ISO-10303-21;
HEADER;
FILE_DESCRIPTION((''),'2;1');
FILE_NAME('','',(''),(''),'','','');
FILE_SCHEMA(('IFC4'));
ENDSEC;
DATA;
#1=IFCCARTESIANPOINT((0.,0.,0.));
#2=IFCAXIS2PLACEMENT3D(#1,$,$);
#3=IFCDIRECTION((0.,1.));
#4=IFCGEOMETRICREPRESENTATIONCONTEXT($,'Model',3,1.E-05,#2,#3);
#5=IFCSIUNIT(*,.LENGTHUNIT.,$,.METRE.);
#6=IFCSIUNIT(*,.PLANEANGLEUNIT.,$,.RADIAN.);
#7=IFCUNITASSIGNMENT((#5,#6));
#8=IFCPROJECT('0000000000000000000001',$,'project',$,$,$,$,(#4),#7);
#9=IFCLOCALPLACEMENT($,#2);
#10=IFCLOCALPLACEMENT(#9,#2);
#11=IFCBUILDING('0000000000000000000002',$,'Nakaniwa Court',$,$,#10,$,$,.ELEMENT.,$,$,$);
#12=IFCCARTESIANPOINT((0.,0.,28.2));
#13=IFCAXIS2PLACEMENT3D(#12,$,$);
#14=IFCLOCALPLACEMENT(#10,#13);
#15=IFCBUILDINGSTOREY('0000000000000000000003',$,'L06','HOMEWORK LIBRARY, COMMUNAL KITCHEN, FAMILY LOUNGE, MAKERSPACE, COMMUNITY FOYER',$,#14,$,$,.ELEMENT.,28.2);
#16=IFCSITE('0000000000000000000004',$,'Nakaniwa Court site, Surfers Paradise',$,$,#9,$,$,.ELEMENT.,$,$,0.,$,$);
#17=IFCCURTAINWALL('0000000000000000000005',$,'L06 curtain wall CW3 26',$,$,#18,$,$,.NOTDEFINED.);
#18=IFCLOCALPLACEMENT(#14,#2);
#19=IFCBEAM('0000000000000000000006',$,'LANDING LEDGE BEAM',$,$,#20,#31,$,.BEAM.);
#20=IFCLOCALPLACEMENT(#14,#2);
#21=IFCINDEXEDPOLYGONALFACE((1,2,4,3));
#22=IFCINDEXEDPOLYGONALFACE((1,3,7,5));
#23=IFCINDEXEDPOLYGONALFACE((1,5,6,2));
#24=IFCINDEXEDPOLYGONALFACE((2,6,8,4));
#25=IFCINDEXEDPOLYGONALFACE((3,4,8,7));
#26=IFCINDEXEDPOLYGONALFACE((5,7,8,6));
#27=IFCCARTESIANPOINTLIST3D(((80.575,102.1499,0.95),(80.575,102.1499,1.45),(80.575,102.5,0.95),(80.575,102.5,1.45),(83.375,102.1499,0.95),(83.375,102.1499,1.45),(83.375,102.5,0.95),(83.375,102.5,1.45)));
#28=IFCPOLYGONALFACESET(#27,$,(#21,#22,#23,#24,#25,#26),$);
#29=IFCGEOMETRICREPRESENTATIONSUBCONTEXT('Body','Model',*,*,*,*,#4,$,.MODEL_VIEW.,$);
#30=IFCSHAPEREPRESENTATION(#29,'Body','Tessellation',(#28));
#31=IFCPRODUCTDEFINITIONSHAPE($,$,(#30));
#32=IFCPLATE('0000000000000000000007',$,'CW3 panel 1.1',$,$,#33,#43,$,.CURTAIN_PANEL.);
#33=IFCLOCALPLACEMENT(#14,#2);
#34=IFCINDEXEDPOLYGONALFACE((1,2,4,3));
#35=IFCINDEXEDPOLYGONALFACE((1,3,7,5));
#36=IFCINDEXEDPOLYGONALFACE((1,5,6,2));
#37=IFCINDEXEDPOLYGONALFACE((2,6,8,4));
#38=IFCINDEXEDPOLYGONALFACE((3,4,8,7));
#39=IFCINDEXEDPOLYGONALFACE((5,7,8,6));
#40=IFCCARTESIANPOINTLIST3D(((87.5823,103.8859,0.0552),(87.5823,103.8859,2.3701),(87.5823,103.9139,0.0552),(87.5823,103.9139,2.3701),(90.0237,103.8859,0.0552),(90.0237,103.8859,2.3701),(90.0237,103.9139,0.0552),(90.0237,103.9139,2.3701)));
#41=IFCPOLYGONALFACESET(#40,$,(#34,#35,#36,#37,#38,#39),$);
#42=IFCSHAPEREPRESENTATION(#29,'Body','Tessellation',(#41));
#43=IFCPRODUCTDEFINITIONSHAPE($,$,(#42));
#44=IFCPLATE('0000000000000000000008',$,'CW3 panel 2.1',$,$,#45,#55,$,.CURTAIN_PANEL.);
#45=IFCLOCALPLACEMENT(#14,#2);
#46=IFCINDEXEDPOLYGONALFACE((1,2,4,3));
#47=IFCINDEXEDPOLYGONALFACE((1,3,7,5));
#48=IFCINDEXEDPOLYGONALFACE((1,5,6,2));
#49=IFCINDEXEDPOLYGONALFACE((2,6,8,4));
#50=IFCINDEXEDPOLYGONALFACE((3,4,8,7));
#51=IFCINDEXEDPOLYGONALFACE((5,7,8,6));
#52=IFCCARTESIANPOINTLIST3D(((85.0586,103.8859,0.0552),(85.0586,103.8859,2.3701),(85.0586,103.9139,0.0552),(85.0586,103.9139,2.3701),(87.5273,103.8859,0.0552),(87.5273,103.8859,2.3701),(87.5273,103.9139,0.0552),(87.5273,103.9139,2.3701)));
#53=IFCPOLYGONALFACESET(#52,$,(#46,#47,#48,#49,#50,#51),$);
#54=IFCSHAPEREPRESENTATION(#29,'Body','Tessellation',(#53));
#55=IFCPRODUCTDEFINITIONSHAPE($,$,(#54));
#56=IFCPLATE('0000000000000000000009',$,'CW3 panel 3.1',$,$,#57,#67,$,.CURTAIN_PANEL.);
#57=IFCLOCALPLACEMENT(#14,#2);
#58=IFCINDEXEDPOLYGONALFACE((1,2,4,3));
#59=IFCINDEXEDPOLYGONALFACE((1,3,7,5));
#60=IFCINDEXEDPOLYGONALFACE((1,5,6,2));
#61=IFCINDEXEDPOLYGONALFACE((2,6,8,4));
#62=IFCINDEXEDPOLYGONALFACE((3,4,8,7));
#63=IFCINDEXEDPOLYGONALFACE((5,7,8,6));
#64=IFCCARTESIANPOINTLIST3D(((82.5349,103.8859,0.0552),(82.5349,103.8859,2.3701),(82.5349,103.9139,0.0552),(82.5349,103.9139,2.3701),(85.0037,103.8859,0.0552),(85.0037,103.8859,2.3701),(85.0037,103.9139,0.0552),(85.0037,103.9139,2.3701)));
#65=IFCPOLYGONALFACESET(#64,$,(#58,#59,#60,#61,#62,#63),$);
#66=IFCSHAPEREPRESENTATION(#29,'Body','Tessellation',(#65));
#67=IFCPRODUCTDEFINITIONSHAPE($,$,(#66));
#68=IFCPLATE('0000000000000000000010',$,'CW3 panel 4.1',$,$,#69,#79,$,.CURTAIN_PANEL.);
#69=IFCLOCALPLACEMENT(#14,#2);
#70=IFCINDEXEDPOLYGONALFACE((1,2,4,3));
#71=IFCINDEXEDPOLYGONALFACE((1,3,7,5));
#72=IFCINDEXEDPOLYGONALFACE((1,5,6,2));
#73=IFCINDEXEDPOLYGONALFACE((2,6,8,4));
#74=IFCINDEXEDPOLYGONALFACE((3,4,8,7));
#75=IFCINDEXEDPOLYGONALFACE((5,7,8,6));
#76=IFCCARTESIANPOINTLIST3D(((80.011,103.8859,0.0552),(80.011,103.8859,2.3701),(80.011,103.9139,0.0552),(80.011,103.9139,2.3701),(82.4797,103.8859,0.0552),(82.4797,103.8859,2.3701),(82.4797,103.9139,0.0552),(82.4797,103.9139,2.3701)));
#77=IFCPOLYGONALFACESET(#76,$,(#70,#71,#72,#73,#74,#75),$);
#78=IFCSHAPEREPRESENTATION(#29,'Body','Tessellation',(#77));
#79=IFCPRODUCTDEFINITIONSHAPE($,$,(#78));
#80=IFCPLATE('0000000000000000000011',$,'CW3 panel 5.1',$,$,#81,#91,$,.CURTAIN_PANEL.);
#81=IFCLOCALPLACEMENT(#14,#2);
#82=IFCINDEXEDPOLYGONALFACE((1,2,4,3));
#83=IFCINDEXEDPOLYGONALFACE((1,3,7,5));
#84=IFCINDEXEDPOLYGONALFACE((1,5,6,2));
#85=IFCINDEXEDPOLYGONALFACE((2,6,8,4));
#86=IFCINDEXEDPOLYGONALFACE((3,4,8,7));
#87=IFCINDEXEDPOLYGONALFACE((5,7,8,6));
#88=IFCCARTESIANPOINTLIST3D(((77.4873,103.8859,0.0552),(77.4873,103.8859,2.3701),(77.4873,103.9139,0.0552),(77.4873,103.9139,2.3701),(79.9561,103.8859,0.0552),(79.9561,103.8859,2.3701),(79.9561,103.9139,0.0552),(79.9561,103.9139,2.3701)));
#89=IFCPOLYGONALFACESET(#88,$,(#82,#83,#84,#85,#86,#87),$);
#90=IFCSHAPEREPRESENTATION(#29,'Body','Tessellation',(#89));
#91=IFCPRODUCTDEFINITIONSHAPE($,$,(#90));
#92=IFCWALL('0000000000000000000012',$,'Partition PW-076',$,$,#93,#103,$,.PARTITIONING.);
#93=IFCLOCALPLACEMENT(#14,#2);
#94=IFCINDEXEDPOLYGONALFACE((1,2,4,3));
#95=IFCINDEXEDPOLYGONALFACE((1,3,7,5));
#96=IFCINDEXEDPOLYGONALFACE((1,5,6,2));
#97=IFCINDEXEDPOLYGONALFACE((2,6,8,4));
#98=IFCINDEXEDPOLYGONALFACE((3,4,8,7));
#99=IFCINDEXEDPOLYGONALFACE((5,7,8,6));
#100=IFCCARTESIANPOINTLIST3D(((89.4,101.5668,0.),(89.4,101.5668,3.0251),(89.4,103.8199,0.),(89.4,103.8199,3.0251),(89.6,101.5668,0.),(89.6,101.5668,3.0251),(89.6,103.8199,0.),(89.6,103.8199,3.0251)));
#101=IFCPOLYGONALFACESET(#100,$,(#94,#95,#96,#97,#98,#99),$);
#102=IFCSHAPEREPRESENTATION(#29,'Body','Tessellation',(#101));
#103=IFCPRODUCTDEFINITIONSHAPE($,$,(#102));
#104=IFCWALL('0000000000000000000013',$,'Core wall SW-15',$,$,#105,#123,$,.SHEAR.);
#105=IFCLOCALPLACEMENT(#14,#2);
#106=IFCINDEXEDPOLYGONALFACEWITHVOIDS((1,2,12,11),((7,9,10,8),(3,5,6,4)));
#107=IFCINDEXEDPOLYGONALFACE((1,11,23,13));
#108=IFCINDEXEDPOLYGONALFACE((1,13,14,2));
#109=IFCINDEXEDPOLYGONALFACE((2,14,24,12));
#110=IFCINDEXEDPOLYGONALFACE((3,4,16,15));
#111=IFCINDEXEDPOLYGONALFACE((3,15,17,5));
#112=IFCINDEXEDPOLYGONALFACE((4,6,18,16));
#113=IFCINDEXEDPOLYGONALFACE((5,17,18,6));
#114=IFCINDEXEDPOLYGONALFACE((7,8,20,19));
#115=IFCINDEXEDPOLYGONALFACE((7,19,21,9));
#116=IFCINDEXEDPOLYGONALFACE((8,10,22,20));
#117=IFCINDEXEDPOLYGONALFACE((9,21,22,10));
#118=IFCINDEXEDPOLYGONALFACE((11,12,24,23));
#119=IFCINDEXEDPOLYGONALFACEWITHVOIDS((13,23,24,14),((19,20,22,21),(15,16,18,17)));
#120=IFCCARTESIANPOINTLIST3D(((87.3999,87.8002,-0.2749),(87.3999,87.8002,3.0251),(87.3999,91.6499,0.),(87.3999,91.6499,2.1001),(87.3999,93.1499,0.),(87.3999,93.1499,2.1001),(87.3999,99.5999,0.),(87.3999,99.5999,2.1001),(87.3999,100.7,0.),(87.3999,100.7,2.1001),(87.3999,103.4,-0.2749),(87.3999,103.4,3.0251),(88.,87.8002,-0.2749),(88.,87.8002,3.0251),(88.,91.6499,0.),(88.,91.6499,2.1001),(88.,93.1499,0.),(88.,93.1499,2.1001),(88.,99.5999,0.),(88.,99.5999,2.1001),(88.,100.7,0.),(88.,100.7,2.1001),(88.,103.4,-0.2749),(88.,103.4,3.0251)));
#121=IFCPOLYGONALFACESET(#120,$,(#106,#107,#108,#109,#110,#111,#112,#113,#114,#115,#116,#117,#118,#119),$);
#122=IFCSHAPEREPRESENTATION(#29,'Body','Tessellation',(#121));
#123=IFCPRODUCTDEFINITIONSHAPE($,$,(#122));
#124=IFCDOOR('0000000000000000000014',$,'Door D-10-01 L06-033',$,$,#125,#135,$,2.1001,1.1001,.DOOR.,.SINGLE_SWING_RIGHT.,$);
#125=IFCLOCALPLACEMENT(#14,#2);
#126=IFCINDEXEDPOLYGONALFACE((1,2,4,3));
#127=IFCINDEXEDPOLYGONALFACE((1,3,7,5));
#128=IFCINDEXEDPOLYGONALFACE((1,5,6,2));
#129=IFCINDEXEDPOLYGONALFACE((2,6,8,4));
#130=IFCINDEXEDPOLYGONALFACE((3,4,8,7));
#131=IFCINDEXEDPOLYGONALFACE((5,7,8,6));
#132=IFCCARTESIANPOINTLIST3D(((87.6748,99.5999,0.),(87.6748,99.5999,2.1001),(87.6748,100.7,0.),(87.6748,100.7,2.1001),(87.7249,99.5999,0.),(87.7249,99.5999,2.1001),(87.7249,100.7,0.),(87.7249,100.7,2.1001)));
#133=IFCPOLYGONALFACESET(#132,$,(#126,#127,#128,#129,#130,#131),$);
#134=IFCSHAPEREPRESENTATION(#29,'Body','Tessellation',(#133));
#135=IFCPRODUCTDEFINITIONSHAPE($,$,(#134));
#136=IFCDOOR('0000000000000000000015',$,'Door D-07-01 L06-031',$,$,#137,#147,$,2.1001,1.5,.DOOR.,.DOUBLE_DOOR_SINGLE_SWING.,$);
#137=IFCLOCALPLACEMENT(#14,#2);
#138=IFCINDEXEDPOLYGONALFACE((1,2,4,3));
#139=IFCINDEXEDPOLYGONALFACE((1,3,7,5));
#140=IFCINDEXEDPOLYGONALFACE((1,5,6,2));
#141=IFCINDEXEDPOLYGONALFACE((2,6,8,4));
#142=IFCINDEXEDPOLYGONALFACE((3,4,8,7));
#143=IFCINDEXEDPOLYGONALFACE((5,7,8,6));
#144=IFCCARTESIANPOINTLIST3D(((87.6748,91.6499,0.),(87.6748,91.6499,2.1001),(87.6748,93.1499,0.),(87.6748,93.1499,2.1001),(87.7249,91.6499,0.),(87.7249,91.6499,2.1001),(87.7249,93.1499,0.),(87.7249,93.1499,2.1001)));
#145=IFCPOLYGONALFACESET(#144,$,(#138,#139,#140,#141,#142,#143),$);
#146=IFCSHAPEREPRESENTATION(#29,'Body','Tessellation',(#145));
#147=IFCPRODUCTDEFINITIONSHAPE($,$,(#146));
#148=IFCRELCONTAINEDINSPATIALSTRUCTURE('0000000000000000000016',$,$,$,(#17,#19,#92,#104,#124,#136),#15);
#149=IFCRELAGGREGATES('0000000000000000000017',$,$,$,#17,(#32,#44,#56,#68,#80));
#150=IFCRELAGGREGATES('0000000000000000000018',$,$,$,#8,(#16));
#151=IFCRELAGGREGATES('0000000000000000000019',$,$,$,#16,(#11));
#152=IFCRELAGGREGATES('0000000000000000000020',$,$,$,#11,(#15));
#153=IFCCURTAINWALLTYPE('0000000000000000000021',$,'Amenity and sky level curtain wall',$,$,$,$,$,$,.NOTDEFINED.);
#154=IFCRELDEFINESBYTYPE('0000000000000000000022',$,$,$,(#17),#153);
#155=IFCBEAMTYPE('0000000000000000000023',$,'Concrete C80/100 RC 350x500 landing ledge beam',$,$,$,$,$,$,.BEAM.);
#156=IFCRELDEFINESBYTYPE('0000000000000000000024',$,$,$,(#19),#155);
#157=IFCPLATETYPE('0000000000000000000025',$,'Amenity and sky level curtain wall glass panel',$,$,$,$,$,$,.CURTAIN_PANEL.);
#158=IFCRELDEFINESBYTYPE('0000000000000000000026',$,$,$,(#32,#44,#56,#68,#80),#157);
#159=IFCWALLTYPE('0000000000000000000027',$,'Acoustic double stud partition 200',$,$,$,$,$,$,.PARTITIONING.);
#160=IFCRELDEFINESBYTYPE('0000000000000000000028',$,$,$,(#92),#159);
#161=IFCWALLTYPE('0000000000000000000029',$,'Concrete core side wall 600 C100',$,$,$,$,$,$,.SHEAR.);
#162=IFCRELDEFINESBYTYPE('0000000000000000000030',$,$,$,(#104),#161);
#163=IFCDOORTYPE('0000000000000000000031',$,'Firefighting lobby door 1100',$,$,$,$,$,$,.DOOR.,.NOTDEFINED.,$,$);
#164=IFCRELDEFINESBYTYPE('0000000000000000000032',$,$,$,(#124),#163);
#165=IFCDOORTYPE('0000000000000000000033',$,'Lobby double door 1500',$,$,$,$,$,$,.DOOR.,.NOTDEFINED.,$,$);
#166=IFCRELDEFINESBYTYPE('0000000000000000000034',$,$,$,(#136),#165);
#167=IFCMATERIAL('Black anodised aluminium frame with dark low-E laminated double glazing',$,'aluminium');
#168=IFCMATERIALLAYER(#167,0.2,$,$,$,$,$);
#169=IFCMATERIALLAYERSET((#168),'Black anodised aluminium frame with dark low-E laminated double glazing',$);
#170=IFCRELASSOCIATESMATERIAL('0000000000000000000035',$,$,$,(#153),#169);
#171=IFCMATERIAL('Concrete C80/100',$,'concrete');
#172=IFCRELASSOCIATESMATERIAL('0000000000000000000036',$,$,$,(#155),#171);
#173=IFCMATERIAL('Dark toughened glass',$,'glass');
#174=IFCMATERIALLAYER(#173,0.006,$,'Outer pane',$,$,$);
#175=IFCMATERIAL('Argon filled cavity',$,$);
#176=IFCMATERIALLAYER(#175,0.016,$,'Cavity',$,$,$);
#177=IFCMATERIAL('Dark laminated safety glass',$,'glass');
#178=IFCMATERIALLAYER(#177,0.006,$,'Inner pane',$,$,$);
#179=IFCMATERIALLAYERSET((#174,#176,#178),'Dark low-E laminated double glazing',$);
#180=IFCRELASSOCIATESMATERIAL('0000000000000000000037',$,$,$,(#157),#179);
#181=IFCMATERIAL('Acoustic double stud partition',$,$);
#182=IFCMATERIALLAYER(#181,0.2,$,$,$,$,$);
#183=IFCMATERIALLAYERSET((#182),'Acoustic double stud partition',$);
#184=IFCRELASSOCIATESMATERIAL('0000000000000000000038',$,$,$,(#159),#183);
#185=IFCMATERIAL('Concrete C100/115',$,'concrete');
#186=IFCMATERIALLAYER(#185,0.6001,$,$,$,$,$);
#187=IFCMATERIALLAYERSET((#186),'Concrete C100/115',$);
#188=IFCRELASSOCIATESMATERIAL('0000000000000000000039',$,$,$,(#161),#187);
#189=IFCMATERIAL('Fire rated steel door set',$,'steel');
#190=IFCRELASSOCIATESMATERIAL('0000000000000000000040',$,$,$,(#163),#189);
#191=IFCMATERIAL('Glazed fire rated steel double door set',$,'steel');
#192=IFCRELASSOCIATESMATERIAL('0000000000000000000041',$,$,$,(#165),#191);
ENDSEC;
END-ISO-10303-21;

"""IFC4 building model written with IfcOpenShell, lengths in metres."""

from ifc_helpers import new_model, si_unit, direction, frame, frame_2d, origin, origin_2d, place, context, subcontext, project, spatial, rectangle, extrude, material, layer, layer_set, material_profile, profile_set, type_object, element, fill, aggregate, save


model = new_model("IFC4")

# Units and contexts
model_context = context("Model", 3, precision=1e-05, world=origin(), true_north=direction((0.0, 1.0)))
body_context = subcontext(model_context, "Body", "Model", "MODEL_VIEW")
ifc_project = project(units=[si_unit("LENGTHUNIT", "METRE"), si_unit("PLANEANGLEUNIT", "RADIAN")], contexts=[model_context])

# Site, building, storey
site_placement = place(None, origin())
site = spatial("IfcSite", under=ifc_project, at=site_placement, Name="Nakaniwa Court site, Surfers Paradise", CompositionType="ELEMENT", RefElevation=0.0)
building_placement = place(site_placement, origin())
building = spatial("IfcBuilding", under=site, at=building_placement, Name="Nakaniwa Court", CompositionType="ELEMENT")
storey_placement = place(building_placement, frame((0.0, 0.0, 28.2)))
storey = spatial("IfcBuildingStorey", under=building, at=storey_placement, Name="L06", Description="HOMEWORK LIBRARY, COMMUNAL KITCHEN, FAMILY LOUNGE, MAKERSPACE, COMMUNITY FOYER", CompositionType="ELEMENT", Elevation=28.2)

# Curtain wall
ifc_material_1 = material(Name="Black anodised aluminium frame with dark low-E laminated double glazing", Category="aluminium")
ifc_layer_1 = layer(ifc_material_1, 0.2)
ifc_layer_set_1 = layer_set([ifc_layer_1], Name="Black anodised aluminium frame with dark low-E laminated double glazing")
curtain_wall_type = type_object("IfcCurtainWallType", Name="Amenity and sky level curtain wall", PredefinedType="NOTDEFINED", material=ifc_layer_set_1)
curtain_wall_placement = place(storey_placement, origin())
curtain_wall = element("IfcCurtainWall", 1, at=curtain_wall_placement, inside=storey, type_object=curtain_wall_type, Name="L06 curtain wall CW3 26", PredefinedType="NOTDEFINED")

# Beam
ifc_material_2 = material(Name="Concrete C80/100", Category="concrete")
ifc_material_profile_1 = material_profile(ifc_material_2, rectangle(XDim=0.3501, YDim=0.5, at=origin_2d()), Name="Concrete C80/100 RC 350x500 landing ledge beam")
ifc_profile_set_1 = profile_set([ifc_material_profile_1], Name="Concrete C80/100")
beam_type = type_object("IfcBeamType", Name="Concrete C80/100 RC 350x500 landing ledge beam", PredefinedType="BEAM", material=ifc_profile_set_1)
beam_placement = place(storey_placement, frame((80.575, 102.325, 1.2), z_axis=(1.0, 0.0, 0.0), x_axis=(0.0, 1.0, 0.0)))
element("IfcBeam", 2, at=beam_placement, inside=storey, type_object=beam_type, Name="LANDING LEDGE BEAM", PredefinedType="BEAM", context=body_context, shape_type="SweptSolid", body=[
    extrude(rectangle(XDim=0.3501, YDim=0.5, at=origin_2d()), origin(), (0.0, 0.0, 1.0), 2.8),
])

# Plates
ifc_material_3 = material(Name="Dark toughened glass", Category="glass")
ifc_layer_2 = layer(ifc_material_3, 0.006, Name="Outer pane")
ifc_material_4 = material(Name="Argon filled cavity")
ifc_layer_3 = layer(ifc_material_4, 0.016, Name="Cavity")
ifc_material_5 = material(Name="Dark laminated safety glass", Category="glass")
ifc_layer_4 = layer(ifc_material_5, 0.006, Name="Inner pane")
ifc_layer_set_2 = layer_set([ifc_layer_2, ifc_layer_3, ifc_layer_4], Name="Dark low-E laminated double glazing")
plate_type = type_object("IfcPlateType", Name="Amenity and sky level curtain wall glass panel", PredefinedType="CURTAIN_PANEL", material=ifc_layer_set_2)
plate_1_placement = place(storey_placement, frame((88.803, 103.8999, 0.0552), z_axis=(0.0, 0.0, 1.0), x_axis=(-1.0, 0.0, 0.0)))
plate_1 = element("IfcPlate", 3, at=plate_1_placement, type_object=plate_type, Name="CW3 panel 1.1", PredefinedType="CURTAIN_PANEL", context=body_context, shape_type="SweptSolid", body=[
    extrude(rectangle(XDim=2.4414, YDim=0.0281, at=origin_2d()), origin(), (0.0, 0.0, 1.0), 2.3149),
])
plate_2_placement = place(storey_placement, frame((86.293, 103.8999, 0.0552), z_axis=(0.0, 0.0, 1.0), x_axis=(-1.0, 0.0, 0.0)))
plate_2 = element("IfcPlate", 4, at=plate_2_placement, type_object=plate_type, Name="CW3 panel 2.1", PredefinedType="CURTAIN_PANEL", context=body_context, shape_type="SweptSolid", body=[
    extrude(rectangle(XDim=2.4688, YDim=0.0281, at=origin_2d()), origin(), (0.0, 0.0, 1.0), 2.3149),
])
plate_3_placement = place(storey_placement, frame((83.7693, 103.8999, 0.0552), z_axis=(0.0, 0.0, 1.0), x_axis=(-1.0, 0.0, 0.0)))
plate_3 = element("IfcPlate", 5, at=plate_3_placement, type_object=plate_type, Name="CW3 panel 3.1", PredefinedType="CURTAIN_PANEL", context=body_context, shape_type="SweptSolid", body=[
    extrude(rectangle(XDim=2.4688, YDim=0.0281, at=origin_2d()), origin(), (0.0, 0.0, 1.0), 2.3149),
])
plate_4_placement = place(storey_placement, frame((81.2454, 103.8999, 0.0552), z_axis=(0.0, 0.0, 1.0), x_axis=(-1.0, 0.0, 0.0)))
plate_4 = element("IfcPlate", 6, at=plate_4_placement, type_object=plate_type, Name="CW3 panel 4.1", PredefinedType="CURTAIN_PANEL", context=body_context, shape_type="SweptSolid", body=[
    extrude(rectangle(XDim=2.4688, YDim=0.0281, at=origin_2d()), origin(), (0.0, 0.0, 1.0), 2.3149),
])
plate_5_placement = place(storey_placement, frame((78.7217, 103.8999, 0.0552), z_axis=(0.0, 0.0, 1.0), x_axis=(-1.0, 0.0, 0.0)))
plate_5 = element("IfcPlate", 7, at=plate_5_placement, type_object=plate_type, Name="CW3 panel 5.1", PredefinedType="CURTAIN_PANEL", context=body_context, shape_type="SweptSolid", body=[
    extrude(rectangle(XDim=2.4688, YDim=0.0281, at=origin_2d()), origin(), (0.0, 0.0, 1.0), 2.3149),
])
aggregate(curtain_wall, [plate_1, plate_2, plate_3, plate_4, plate_5])

# Wall
ifc_material_6 = material(Name="Acoustic double stud partition")
ifc_layer_5 = layer(ifc_material_6, 0.2)
ifc_layer_set_3 = layer_set([ifc_layer_5], Name="Acoustic double stud partition")
wall_type_1 = type_object("IfcWallType", Name="Acoustic double stud partition 200", PredefinedType="PARTITIONING", material=ifc_layer_set_3)
wall_1_placement = place(storey_placement, frame((89.5, 101.5669, 0.0), z_axis=(0.0, 0.0, 1.0), x_axis=(0.0, 1.0, 0.0)))
element("IfcWall", 8, at=wall_1_placement, inside=storey, type_object=wall_type_1, Name="Partition PW-076", PredefinedType="PARTITIONING", context=body_context, shape_type="SweptSolid", body=[
    extrude(rectangle(XDim=2.2532, YDim=0.2, at=frame_2d((1.1265, 0.0))), origin(), (0.0, 0.0, 1.0), 3.0251),
])

# Wall, openings, doors
ifc_material_7 = material(Name="Concrete C100/115", Category="concrete")
ifc_layer_6 = layer(ifc_material_7, 0.6001)
ifc_layer_set_4 = layer_set([ifc_layer_6], Name="Concrete C100/115")
wall_type_2 = type_object("IfcWallType", Name="Concrete core side wall 600 C100", PredefinedType="SHEAR", material=ifc_layer_set_4)
wall_2_placement = place(storey_placement, frame((87.7, 103.3999, -0.2749), z_axis=(0.0, 0.0, 1.0), x_axis=(0.0, -1.0, 0.0)))
wall_2 = element("IfcWall", 9, at=wall_2_placement, inside=storey, type_object=wall_type_2, Name="Core wall SW-15", PredefinedType="SHEAR", context=body_context, shape_type="SweptSolid", body=[
    extrude(rectangle(XDim=15.5999, YDim=0.6001, at=frame_2d((7.7998, 0.0))), origin(), (0.0, 0.0, 1.0), 3.3),
])
opening_1_placement = place(wall_2_placement, frame((10.25, 0.0, 0.2749)))
opening_1 = element("IfcOpeningElement", 10, at=opening_1_placement, cuts=wall_2, PredefinedType="OPENING", context=body_context, shape_type="SweptSolid", body=[
    extrude(rectangle(XDim=1.5, YDim=2.1001, at=frame_2d((0.75, 1.05))), frame((0.0, 0.3101, 0.0), z_axis=(0.0, -1.0, 0.0), x_axis=(1.0, 0.0, 0.0)), (0.0, 0.0, 1.0), 0.6201),
])
opening_2_placement = place(wall_2_placement, frame((2.7, 0.0, 0.2749)))
opening_2 = element("IfcOpeningElement", 11, at=opening_2_placement, cuts=wall_2, PredefinedType="OPENING", context=body_context, shape_type="SweptSolid", body=[
    extrude(rectangle(XDim=1.1001, YDim=2.1001, at=frame_2d((0.55, 1.05))), frame((0.0, 0.3101, 0.0), z_axis=(0.0, -1.0, 0.0), x_axis=(1.0, 0.0, 0.0)), (0.0, 0.0, 1.0), 0.6201),
])
ifc_material_8 = material(Name="Fire rated steel door set", Category="steel")
door_type_1 = type_object("IfcDoorType", Name="Firefighting lobby door 1100", OperationType="NOTDEFINED", PredefinedType="DOOR", material=ifc_material_8)
door_1_placement = place(opening_2_placement, origin())
door_1 = element("IfcDoor", 12, at=door_1_placement, inside=storey, type_object=door_type_1, Name="Door D-10-01 L06-033", OperationType="SINGLE_SWING_RIGHT", OverallHeight=2.1001, OverallWidth=1.1001, PredefinedType="DOOR", context=body_context, shape_type="SweptSolid", body=[
    extrude(rectangle(XDim=1.1001, YDim=2.1001, at=frame_2d((0.55, 1.05))), frame((0.0, 0.0249, 0.0), z_axis=(0.0, -1.0, 0.0), x_axis=(1.0, 0.0, 0.0)), (0.0, 0.0, 1.0), 0.05),
])
fill(opening_2, door_1)
ifc_material_9 = material(Name="Glazed fire rated steel double door set", Category="steel")
door_type_2 = type_object("IfcDoorType", Name="Lobby double door 1500", OperationType="NOTDEFINED", PredefinedType="DOOR", material=ifc_material_9)
door_2_placement = place(opening_1_placement, origin())
door_2 = element("IfcDoor", 13, at=door_2_placement, inside=storey, type_object=door_type_2, Name="Door D-07-01 L06-031", OperationType="DOUBLE_DOOR_SINGLE_SWING", OverallHeight=2.1001, OverallWidth=1.5, PredefinedType="DOOR", context=body_context, shape_type="SweptSolid", body=[
    extrude(rectangle(XDim=1.5, YDim=2.1001, at=frame_2d((0.75, 1.05))), frame((0.0, 0.0249, 0.0), z_axis=(0.0, -1.0, 0.0), x_axis=(1.0, 0.0, 0.0)), (0.0, 0.0, 1.0), 0.05),
])
fill(opening_1, door_2)

save(model, "model.ifc")
